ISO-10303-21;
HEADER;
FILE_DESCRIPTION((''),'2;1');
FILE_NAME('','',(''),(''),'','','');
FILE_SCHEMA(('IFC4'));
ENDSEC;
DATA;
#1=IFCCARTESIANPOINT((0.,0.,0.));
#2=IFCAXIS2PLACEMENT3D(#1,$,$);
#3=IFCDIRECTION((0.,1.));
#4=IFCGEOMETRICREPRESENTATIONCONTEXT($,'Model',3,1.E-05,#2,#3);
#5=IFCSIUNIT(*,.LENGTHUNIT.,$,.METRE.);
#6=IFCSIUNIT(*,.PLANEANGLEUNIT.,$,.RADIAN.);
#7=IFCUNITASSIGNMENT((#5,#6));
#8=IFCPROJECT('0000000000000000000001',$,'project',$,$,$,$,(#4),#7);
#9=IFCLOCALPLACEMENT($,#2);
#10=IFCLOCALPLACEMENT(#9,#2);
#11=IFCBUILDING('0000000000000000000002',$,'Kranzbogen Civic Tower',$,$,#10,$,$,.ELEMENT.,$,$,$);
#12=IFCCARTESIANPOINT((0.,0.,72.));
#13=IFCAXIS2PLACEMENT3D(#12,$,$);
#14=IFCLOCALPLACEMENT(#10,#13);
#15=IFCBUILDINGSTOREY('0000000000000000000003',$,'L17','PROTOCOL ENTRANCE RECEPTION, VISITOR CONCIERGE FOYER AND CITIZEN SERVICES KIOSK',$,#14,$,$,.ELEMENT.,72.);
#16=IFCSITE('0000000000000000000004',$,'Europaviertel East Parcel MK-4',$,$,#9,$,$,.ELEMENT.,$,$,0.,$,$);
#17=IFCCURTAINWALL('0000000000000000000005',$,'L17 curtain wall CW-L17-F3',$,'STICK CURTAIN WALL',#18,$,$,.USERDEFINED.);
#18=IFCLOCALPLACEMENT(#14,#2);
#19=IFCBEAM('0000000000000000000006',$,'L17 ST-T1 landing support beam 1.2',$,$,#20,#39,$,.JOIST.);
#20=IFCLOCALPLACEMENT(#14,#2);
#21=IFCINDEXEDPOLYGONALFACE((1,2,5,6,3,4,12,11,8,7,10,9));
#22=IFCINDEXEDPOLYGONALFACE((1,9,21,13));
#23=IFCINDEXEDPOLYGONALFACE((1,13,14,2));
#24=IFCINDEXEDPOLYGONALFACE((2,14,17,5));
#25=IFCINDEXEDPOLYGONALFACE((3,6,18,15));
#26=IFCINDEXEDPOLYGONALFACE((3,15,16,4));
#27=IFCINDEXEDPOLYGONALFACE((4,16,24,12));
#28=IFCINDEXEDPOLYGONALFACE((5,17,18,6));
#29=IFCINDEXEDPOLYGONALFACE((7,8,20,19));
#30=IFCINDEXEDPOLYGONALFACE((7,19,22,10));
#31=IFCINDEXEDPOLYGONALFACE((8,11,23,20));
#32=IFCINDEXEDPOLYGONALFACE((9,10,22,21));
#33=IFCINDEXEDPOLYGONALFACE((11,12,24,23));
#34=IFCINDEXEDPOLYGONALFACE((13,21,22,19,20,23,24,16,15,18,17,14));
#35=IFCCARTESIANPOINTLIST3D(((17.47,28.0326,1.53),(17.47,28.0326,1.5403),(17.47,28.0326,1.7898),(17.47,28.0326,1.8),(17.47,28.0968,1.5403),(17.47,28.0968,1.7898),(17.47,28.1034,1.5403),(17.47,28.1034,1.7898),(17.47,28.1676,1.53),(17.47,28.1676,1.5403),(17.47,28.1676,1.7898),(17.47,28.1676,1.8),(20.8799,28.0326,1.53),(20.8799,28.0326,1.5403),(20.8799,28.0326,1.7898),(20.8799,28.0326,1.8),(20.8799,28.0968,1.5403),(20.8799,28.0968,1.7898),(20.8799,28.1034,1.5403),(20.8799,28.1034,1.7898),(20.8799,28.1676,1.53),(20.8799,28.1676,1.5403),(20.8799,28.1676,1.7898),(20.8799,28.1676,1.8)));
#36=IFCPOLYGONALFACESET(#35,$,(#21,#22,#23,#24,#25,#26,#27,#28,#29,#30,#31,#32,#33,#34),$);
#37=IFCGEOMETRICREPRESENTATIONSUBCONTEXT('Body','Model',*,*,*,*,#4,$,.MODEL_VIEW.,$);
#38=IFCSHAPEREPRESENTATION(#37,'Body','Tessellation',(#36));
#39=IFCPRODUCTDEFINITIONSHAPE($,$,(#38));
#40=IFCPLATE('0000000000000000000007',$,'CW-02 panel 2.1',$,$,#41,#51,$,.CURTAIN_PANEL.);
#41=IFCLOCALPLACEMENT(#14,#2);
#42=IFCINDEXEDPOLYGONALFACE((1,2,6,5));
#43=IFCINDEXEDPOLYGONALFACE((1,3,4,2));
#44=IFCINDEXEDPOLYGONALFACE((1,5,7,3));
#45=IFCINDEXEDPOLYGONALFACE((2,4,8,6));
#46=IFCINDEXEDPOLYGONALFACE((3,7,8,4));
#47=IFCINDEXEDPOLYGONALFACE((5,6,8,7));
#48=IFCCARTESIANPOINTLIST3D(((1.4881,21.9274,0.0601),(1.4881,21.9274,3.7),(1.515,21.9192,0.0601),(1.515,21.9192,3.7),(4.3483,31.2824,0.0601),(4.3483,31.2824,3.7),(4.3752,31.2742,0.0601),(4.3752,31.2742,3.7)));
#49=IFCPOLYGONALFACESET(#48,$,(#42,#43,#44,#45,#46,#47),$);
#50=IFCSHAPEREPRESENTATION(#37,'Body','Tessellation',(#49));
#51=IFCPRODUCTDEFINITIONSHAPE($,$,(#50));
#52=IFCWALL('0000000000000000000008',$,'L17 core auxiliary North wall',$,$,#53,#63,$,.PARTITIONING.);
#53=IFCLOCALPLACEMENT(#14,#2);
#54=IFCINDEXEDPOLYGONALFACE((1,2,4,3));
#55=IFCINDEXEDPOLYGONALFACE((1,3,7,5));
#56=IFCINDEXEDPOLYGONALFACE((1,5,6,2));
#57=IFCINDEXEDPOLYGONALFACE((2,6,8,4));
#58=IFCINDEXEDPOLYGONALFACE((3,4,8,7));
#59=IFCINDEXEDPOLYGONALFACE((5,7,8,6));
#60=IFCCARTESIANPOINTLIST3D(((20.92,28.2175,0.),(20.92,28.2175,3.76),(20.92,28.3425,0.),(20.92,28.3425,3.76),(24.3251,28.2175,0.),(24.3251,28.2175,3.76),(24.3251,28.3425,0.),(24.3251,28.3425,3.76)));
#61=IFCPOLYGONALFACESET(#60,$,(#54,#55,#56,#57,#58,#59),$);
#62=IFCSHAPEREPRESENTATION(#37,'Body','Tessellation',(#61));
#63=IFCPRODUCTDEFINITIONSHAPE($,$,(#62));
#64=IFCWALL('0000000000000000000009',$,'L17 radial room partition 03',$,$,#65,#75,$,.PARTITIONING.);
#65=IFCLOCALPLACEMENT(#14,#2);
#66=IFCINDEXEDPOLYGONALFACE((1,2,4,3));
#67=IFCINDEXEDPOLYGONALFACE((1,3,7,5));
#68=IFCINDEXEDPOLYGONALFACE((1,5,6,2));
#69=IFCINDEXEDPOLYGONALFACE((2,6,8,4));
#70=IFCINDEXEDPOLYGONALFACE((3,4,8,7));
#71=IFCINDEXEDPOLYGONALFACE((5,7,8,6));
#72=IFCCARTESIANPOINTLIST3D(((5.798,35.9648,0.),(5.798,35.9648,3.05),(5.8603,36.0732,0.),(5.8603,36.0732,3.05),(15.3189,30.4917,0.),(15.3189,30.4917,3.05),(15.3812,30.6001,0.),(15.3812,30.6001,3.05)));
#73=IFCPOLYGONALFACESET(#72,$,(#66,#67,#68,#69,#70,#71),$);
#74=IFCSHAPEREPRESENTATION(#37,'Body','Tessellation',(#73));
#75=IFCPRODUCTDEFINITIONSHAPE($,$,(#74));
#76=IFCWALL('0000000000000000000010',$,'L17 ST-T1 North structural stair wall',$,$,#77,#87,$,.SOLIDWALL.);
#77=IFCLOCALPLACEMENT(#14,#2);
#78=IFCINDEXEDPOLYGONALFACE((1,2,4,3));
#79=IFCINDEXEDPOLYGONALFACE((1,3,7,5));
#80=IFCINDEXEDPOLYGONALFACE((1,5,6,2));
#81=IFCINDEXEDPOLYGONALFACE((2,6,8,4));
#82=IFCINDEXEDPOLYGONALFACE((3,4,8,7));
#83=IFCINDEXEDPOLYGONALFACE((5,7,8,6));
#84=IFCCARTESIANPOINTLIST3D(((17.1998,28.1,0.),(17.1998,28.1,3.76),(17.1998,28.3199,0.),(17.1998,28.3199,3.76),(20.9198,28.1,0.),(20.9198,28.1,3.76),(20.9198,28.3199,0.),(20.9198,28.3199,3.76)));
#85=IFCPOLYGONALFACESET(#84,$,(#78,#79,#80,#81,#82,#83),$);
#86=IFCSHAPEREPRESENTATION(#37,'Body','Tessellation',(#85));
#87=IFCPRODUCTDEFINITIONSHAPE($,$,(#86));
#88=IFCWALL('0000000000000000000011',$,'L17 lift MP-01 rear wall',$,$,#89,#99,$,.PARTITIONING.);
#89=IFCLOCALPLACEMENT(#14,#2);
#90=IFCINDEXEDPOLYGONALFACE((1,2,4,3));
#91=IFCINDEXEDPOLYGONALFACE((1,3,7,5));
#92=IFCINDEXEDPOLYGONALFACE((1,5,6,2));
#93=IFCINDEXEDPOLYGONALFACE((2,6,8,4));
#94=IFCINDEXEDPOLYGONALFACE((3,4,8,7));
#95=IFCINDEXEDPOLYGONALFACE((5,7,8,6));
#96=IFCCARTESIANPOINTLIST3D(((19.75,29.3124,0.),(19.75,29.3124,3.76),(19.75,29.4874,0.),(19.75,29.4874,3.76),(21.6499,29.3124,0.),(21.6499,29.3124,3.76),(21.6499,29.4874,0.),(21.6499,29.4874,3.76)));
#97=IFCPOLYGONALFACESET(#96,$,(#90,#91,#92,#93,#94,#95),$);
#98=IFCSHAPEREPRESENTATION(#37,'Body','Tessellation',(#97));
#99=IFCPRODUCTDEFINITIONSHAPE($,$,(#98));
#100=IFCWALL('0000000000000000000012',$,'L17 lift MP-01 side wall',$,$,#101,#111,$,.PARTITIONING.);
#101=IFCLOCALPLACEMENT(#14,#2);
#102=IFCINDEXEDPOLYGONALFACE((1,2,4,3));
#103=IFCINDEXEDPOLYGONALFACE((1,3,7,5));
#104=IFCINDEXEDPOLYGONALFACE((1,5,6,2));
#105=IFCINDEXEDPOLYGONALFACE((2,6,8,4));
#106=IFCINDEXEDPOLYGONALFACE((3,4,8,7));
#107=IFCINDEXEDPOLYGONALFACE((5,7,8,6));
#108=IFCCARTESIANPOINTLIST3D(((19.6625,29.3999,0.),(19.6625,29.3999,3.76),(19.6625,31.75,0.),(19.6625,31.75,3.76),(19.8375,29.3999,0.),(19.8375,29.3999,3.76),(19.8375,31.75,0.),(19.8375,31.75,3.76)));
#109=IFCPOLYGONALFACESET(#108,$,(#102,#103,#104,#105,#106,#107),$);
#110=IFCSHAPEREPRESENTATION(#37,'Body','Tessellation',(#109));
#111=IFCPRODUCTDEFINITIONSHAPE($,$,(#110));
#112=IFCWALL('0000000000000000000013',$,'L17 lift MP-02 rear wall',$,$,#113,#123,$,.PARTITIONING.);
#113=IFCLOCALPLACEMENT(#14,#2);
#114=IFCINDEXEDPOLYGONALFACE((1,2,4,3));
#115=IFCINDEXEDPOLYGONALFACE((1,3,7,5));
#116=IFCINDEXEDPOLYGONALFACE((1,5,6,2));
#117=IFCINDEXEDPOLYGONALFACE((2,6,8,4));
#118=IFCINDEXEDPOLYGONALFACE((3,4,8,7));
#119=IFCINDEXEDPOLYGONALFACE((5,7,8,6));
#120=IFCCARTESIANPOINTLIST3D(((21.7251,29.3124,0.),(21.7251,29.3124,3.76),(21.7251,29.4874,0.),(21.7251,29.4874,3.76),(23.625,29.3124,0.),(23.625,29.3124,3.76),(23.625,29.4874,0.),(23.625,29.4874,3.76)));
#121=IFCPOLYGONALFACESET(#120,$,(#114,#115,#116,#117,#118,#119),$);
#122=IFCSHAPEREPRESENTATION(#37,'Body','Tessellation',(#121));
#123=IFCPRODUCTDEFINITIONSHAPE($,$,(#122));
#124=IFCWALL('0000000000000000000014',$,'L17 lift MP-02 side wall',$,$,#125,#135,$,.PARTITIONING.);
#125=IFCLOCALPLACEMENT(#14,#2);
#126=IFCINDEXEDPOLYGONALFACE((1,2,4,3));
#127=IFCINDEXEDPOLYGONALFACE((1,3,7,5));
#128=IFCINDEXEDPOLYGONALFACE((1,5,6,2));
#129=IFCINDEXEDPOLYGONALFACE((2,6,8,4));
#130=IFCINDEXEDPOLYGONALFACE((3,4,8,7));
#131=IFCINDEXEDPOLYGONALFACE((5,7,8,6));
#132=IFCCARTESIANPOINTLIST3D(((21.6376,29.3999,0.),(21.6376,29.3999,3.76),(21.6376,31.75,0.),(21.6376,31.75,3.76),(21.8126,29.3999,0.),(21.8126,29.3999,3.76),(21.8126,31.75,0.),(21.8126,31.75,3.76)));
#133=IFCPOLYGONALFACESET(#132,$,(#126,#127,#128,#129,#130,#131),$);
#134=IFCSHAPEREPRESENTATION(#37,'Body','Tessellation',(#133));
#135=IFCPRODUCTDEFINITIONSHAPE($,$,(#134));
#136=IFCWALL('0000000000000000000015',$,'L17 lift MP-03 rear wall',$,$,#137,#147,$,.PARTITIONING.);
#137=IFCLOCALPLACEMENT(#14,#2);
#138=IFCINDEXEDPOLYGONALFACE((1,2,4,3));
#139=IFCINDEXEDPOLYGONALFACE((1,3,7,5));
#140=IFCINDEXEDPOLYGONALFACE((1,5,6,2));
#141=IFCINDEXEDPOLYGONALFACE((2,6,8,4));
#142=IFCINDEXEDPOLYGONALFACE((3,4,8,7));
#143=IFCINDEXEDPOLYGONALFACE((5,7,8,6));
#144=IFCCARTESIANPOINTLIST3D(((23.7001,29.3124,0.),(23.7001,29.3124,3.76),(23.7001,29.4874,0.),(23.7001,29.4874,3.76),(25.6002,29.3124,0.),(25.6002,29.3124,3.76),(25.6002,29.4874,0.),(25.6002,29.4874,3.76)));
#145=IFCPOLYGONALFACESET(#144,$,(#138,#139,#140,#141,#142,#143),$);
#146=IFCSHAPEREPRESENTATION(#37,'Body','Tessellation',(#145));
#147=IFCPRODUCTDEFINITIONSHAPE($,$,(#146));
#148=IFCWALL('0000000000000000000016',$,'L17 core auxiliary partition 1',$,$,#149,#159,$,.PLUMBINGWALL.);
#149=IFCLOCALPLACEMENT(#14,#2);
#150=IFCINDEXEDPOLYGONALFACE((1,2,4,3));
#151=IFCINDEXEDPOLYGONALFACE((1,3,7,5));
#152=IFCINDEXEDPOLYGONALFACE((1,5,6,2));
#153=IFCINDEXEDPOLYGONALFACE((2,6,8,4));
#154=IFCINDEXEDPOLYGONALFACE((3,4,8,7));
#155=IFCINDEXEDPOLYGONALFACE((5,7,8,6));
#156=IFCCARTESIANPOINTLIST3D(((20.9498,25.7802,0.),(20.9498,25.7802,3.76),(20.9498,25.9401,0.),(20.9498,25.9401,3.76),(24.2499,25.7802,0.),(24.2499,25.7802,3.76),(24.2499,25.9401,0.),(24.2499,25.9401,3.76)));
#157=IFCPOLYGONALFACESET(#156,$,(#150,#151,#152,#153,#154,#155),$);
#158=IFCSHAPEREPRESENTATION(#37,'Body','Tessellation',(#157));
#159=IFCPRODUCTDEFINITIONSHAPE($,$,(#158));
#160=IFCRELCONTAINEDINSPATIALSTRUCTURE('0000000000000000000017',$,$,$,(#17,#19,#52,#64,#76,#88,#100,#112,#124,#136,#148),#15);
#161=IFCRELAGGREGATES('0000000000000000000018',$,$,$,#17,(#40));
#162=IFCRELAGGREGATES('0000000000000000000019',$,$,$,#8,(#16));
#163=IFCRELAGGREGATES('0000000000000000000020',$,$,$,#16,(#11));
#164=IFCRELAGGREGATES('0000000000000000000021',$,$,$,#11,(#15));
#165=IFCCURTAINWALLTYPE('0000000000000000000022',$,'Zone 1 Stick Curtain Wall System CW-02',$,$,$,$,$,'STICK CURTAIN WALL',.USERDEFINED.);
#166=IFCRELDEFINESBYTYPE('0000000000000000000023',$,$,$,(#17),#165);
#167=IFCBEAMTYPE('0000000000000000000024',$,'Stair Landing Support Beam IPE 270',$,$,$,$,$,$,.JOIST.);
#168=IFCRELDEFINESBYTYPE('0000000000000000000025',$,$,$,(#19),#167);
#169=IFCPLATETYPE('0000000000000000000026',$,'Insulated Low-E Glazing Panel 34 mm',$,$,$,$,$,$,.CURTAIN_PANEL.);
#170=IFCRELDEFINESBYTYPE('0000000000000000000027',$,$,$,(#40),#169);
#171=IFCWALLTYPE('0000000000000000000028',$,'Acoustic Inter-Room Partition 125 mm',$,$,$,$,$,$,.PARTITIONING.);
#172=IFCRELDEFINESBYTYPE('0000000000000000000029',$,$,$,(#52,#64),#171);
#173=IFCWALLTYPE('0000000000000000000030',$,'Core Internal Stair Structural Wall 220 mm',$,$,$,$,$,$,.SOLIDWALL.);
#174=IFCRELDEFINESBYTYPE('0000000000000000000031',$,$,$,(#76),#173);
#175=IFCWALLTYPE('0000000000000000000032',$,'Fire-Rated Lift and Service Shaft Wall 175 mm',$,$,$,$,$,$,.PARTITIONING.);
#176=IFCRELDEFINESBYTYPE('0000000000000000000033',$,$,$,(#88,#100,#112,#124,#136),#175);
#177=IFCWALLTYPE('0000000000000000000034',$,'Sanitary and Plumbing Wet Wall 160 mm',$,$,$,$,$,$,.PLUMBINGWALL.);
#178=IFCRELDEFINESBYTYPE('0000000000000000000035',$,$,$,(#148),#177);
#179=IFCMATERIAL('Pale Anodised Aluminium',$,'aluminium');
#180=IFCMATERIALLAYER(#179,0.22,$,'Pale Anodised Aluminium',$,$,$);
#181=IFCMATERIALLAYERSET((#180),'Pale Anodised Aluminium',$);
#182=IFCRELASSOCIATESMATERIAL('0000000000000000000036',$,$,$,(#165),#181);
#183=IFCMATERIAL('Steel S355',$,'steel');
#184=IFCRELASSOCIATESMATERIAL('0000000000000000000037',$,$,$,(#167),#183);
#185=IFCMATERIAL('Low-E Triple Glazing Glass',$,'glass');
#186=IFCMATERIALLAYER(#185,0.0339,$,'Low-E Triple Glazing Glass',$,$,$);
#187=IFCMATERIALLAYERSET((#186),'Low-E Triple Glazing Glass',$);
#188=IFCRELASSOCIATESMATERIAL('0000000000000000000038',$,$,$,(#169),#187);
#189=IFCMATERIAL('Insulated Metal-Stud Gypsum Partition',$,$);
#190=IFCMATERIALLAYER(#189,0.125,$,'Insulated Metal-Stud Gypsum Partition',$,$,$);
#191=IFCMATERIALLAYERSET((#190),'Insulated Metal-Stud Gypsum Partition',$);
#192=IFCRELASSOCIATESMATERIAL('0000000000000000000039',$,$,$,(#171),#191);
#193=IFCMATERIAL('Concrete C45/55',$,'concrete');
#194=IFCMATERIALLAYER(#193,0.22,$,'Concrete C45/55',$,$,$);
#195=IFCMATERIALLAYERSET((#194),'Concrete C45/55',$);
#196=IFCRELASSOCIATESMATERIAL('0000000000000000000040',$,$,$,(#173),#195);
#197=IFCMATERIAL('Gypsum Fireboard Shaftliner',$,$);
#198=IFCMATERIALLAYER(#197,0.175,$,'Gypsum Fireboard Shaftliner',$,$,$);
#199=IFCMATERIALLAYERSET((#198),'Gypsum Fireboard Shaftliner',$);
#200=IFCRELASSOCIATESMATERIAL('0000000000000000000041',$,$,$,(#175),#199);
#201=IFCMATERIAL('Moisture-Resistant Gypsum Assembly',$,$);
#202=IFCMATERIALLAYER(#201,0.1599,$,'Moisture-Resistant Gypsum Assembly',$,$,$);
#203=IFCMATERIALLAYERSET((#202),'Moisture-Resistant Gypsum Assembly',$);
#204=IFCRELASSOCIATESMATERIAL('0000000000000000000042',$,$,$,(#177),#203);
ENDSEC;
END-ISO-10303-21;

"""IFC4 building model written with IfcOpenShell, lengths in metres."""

from ifc_helpers import new_model, si_unit, direction, frame, frame_2d, origin, origin_2d, place, context, subcontext, project, spatial, rectangle, i_section, extrude, material, layer, layer_set, material_profile, profile_set, type_object, element, aggregate, save


model = new_model("IFC4")

# Units and contexts
model_context = context("Model", 3, precision=1e-05, world=origin(), true_north=direction((0.0, 1.0)))
body_context = subcontext(model_context, "Body", "Model", "MODEL_VIEW")
ifc_project = project(units=[si_unit("LENGTHUNIT", "METRE"), si_unit("PLANEANGLEUNIT", "RADIAN")], contexts=[model_context])

# Site, building, storey
site_placement = place(None, origin())
site = spatial("IfcSite", under=ifc_project, at=site_placement, Name="Europaviertel East Parcel MK-4", CompositionType="ELEMENT", RefElevation=0.0)
building_placement = place(site_placement, origin())
building = spatial("IfcBuilding", under=site, at=building_placement, Name="Kranzbogen Civic Tower", CompositionType="ELEMENT")
storey_placement = place(building_placement, frame((0.0, 0.0, 72.0)))
storey = spatial("IfcBuildingStorey", under=building, at=storey_placement, Name="L17", Description="PROTOCOL ENTRANCE RECEPTION, VISITOR CONCIERGE FOYER AND CITIZEN SERVICES KIOSK", CompositionType="ELEMENT", Elevation=72.0)

# Shared definitions
ifc_material_1 = material(Name="Steel S355", Category="steel")

# Curtain wall
ifc_material_2 = material(Name="Pale Anodised Aluminium", Category="aluminium")
ifc_layer_1 = layer(ifc_material_2, 0.22, Name="Pale Anodised Aluminium")
ifc_layer_set_1 = layer_set([ifc_layer_1], Name="Pale Anodised Aluminium")
curtain_wall_type = type_object("IfcCurtainWallType", Name="Zone 1 Stick Curtain Wall System CW-02", ElementType="STICK CURTAIN WALL", PredefinedType="USERDEFINED", material=ifc_layer_set_1)
curtain_wall_placement = place(storey_placement, origin())
curtain_wall = element("IfcCurtainWall", 1, at=curtain_wall_placement, inside=storey, type_object=curtain_wall_type, Name="L17 curtain wall CW-L17-F3", ObjectType="STICK CURTAIN WALL", PredefinedType="USERDEFINED")

# Beam
ifc_material_profile_1 = material_profile(ifc_material_1, i_section(OverallWidth=0.135, OverallDepth=0.27, WebThickness=0.0066, FlangeThickness=0.0103, at=origin_2d()), Name="IPE 270")
ifc_profile_set_1 = profile_set([ifc_material_profile_1], Name="Steel S355")
beam_type_1 = type_object("IfcBeamType", Name="Stair Landing Support Beam IPE 270", PredefinedType="JOIST", material=ifc_profile_set_1)
for number, where, z_axis, x_axis, name in (
    (2, (20.8799, 28.1001, 1.665), (-1.0, 0.0, 0.0), (0.0, -1.0, 0.0), "L17 ST-T1 landing support beam 1.2"),
):
    element("IfcBeam", number, at=place(storey_placement, frame(where, z_axis=z_axis, x_axis=x_axis)), inside=storey, type_object=beam_type_1, Name=name, PredefinedType="JOIST", context=body_context, shape_type="SweptSolid", body=[
        extrude(i_section(OverallWidth=0.135, OverallDepth=0.27, WebThickness=0.0066, FlangeThickness=0.0103, at=origin_2d()), origin(), (0.0, 0.0, 1.0), 3.4099),
    ])

# Plate
ifc_material_3 = material(Name="Low-E Triple Glazing Glass", Category="glass")
ifc_layer_2 = layer(ifc_material_3, 0.0339, Name="Low-E Triple Glazing Glass")
ifc_layer_set_2 = layer_set([ifc_layer_2], Name="Low-E Triple Glazing Glass")
plate_type = type_object("IfcPlateType", Name="Insulated Low-E Glazing Panel 34 mm", PredefinedType="CURTAIN_PANEL", material=ifc_layer_set_2)
plate_placement = place(storey_placement, frame((2.9316, 26.6008, 0.0601), z_axis=(0.0, 0.0, 1.0), x_axis=(-0.292381, -0.956302, 0.0)))
plate = element("IfcPlate", 3, at=plate_placement, type_object=plate_type, Name="CW-02 panel 2.1", PredefinedType="CURTAIN_PANEL", context=body_context, shape_type="SweptSolid", body=[
    extrude(rectangle(XDim=9.7825, YDim=0.0281, at=origin_2d()), origin(), (0.0, 0.0, 1.0), 3.6399),
])
aggregate(curtain_wall, [plate])

# Walls
ifc_material_4 = material(Name="Insulated Metal-Stud Gypsum Partition")
ifc_layer_3 = layer(ifc_material_4, 0.125, Name="Insulated Metal-Stud Gypsum Partition")
ifc_layer_set_3 = layer_set([ifc_layer_3], Name="Insulated Metal-Stud Gypsum Partition")
wall_type_1 = type_object("IfcWallType", Name="Acoustic Inter-Room Partition 125 mm", PredefinedType="PARTITIONING", material=ifc_layer_set_3)
wall_1_placement = place(storey_placement, frame((20.9199, 28.28, 0.0), z_axis=(0.0, 0.0, 1.0), x_axis=(1.0, 0.0, 0.0)))
element("IfcWall", 4, at=wall_1_placement, inside=storey, type_object=wall_type_1, Name="L17 core auxiliary North wall", PredefinedType="PARTITIONING", context=body_context, shape_type="SweptSolid", body=[
    extrude(rectangle(XDim=3.405, YDim=0.125, at=frame_2d((1.7026, 0.0))), origin(), (0.0, 0.0, 1.0), 3.76),
])
wall_2_placement = place(storey_placement, frame((15.3501, 30.5459, 0.0), z_axis=(0.0, 0.0, 1.0), x_axis=(-0.866962, 0.498373, 0.0)))
element("IfcWall", 5, at=wall_2_placement, inside=storey, type_object=wall_type_1, Name="L17 radial room partition 03", PredefinedType="PARTITIONING", context=body_context, shape_type="SweptSolid", body=[
    extrude(rectangle(XDim=10.9819, YDim=0.125, at=frame_2d((5.491, 0.0))), origin(), (0.0, 0.0, 1.0), 3.05),
])
ifc_material_5 = material(Name="Concrete C45/55", Category="concrete")
ifc_layer_4 = layer(ifc_material_5, 0.22, Name="Concrete C45/55")
ifc_layer_set_4 = layer_set([ifc_layer_4], Name="Concrete C45/55")
wall_type_2 = type_object("IfcWallType", Name="Core Internal Stair Structural Wall 220 mm", PredefinedType="SOLIDWALL", material=ifc_layer_set_4)
wall_3_placement = place(storey_placement, frame((17.2, 28.21, 0.0), z_axis=(0.0, 0.0, 1.0), x_axis=(1.0, 0.0, 0.0)))
element("IfcWall", 6, at=wall_3_placement, inside=storey, type_object=wall_type_2, Name="L17 ST-T1 North structural stair wall", PredefinedType="SOLIDWALL", context=body_context, shape_type="SweptSolid", body=[
    extrude(rectangle(XDim=3.72, YDim=0.22, at=frame_2d((1.8599, 0.0))), origin(), (0.0, 0.0, 1.0), 3.76),
])
ifc_material_6 = material(Name="Gypsum Fireboard Shaftliner")
ifc_layer_5 = layer(ifc_material_6, 0.175, Name="Gypsum Fireboard Shaftliner")
ifc_layer_set_5 = layer_set([ifc_layer_5], Name="Gypsum Fireboard Shaftliner")
wall_type_3 = type_object("IfcWallType", Name="Fire-Rated Lift and Service Shaft Wall 175 mm", PredefinedType="PARTITIONING", material=ifc_layer_set_5)
wall_4_placement = place(storey_placement, frame((19.75, 29.3999, 0.0), z_axis=(0.0, 0.0, 1.0), x_axis=(1.0, 0.0, 0.0)))
element("IfcWall", 7, at=wall_4_placement, inside=storey, type_object=wall_type_3, Name="L17 lift MP-01 rear wall", PredefinedType="PARTITIONING", context=body_context, shape_type="SweptSolid", body=[
    extrude(rectangle(XDim=1.8999, YDim=0.175, at=frame_2d((0.95, 0.0))), origin(), (0.0, 0.0, 1.0), 3.76),
])
wall_5_placement = place(storey_placement, frame((19.75, 29.3999, 0.0), z_axis=(0.0, 0.0, 1.0), x_axis=(0.0, 1.0, 0.0)))
element("IfcWall", 8, at=wall_5_placement, inside=storey, type_object=wall_type_3, Name="L17 lift MP-01 side wall", PredefinedType="PARTITIONING", context=body_context, shape_type="SweptSolid", body=[
    extrude(rectangle(XDim=2.3501, YDim=0.175, at=frame_2d((1.175, 0.0))), origin(), (0.0, 0.0, 1.0), 3.76),
])
wall_6_placement = place(storey_placement, frame((21.7251, 29.3999, 0.0), z_axis=(0.0, 0.0, 1.0), x_axis=(1.0, 0.0, 0.0)))
element("IfcWall", 9, at=wall_6_placement, inside=storey, type_object=wall_type_3, Name="L17 lift MP-02 rear wall", PredefinedType="PARTITIONING", context=body_context, shape_type="SweptSolid", body=[
    extrude(rectangle(XDim=1.8999, YDim=0.175, at=frame_2d((0.95, 0.0))), origin(), (0.0, 0.0, 1.0), 3.76),
])
wall_7_placement = place(storey_placement, frame((21.7251, 29.3999, 0.0), z_axis=(0.0, 0.0, 1.0), x_axis=(0.0, 1.0, 0.0)))
element("IfcWall", 10, at=wall_7_placement, inside=storey, type_object=wall_type_3, Name="L17 lift MP-02 side wall", PredefinedType="PARTITIONING", context=body_context, shape_type="SweptSolid", body=[
    extrude(rectangle(XDim=2.3501, YDim=0.175, at=frame_2d((1.175, 0.0))), origin(), (0.0, 0.0, 1.0), 3.76),
])
wall_8_placement = place(storey_placement, frame((23.7, 29.3999, 0.0), z_axis=(0.0, 0.0, 1.0), x_axis=(1.0, 0.0, 0.0)))
element("IfcWall", 11, at=wall_8_placement, inside=storey, type_object=wall_type_3, Name="L17 lift MP-03 rear wall", PredefinedType="PARTITIONING", context=body_context, shape_type="SweptSolid", body=[
    extrude(rectangle(XDim=1.9001, YDim=0.175, at=frame_2d((0.9502, 0.0))), origin(), (0.0, 0.0, 1.0), 3.76),
])
ifc_material_7 = material(Name="Moisture-Resistant Gypsum Assembly")
ifc_layer_6 = layer(ifc_material_7, 0.1599, Name="Moisture-Resistant Gypsum Assembly")
ifc_layer_set_6 = layer_set([ifc_layer_6], Name="Moisture-Resistant Gypsum Assembly")
wall_type_4 = type_object("IfcWallType", Name="Sanitary and Plumbing Wet Wall 160 mm", PredefinedType="PLUMBINGWALL", material=ifc_layer_set_6)
wall_9_placement = place(storey_placement, frame((20.95, 25.8601, 0.0), z_axis=(0.0, 0.0, 1.0), x_axis=(1.0, 0.0, 0.0)))
element("IfcWall", 12, at=wall_9_placement, inside=storey, type_object=wall_type_4, Name="L17 core auxiliary partition 1", PredefinedType="PLUMBINGWALL", context=body_context, shape_type="SweptSolid", body=[
    extrude(rectangle(XDim=3.3, YDim=0.1599, at=frame_2d((1.6499, 0.0))), origin(), (0.0, 0.0, 1.0), 3.76),
])

save(model, "model.ifc")
